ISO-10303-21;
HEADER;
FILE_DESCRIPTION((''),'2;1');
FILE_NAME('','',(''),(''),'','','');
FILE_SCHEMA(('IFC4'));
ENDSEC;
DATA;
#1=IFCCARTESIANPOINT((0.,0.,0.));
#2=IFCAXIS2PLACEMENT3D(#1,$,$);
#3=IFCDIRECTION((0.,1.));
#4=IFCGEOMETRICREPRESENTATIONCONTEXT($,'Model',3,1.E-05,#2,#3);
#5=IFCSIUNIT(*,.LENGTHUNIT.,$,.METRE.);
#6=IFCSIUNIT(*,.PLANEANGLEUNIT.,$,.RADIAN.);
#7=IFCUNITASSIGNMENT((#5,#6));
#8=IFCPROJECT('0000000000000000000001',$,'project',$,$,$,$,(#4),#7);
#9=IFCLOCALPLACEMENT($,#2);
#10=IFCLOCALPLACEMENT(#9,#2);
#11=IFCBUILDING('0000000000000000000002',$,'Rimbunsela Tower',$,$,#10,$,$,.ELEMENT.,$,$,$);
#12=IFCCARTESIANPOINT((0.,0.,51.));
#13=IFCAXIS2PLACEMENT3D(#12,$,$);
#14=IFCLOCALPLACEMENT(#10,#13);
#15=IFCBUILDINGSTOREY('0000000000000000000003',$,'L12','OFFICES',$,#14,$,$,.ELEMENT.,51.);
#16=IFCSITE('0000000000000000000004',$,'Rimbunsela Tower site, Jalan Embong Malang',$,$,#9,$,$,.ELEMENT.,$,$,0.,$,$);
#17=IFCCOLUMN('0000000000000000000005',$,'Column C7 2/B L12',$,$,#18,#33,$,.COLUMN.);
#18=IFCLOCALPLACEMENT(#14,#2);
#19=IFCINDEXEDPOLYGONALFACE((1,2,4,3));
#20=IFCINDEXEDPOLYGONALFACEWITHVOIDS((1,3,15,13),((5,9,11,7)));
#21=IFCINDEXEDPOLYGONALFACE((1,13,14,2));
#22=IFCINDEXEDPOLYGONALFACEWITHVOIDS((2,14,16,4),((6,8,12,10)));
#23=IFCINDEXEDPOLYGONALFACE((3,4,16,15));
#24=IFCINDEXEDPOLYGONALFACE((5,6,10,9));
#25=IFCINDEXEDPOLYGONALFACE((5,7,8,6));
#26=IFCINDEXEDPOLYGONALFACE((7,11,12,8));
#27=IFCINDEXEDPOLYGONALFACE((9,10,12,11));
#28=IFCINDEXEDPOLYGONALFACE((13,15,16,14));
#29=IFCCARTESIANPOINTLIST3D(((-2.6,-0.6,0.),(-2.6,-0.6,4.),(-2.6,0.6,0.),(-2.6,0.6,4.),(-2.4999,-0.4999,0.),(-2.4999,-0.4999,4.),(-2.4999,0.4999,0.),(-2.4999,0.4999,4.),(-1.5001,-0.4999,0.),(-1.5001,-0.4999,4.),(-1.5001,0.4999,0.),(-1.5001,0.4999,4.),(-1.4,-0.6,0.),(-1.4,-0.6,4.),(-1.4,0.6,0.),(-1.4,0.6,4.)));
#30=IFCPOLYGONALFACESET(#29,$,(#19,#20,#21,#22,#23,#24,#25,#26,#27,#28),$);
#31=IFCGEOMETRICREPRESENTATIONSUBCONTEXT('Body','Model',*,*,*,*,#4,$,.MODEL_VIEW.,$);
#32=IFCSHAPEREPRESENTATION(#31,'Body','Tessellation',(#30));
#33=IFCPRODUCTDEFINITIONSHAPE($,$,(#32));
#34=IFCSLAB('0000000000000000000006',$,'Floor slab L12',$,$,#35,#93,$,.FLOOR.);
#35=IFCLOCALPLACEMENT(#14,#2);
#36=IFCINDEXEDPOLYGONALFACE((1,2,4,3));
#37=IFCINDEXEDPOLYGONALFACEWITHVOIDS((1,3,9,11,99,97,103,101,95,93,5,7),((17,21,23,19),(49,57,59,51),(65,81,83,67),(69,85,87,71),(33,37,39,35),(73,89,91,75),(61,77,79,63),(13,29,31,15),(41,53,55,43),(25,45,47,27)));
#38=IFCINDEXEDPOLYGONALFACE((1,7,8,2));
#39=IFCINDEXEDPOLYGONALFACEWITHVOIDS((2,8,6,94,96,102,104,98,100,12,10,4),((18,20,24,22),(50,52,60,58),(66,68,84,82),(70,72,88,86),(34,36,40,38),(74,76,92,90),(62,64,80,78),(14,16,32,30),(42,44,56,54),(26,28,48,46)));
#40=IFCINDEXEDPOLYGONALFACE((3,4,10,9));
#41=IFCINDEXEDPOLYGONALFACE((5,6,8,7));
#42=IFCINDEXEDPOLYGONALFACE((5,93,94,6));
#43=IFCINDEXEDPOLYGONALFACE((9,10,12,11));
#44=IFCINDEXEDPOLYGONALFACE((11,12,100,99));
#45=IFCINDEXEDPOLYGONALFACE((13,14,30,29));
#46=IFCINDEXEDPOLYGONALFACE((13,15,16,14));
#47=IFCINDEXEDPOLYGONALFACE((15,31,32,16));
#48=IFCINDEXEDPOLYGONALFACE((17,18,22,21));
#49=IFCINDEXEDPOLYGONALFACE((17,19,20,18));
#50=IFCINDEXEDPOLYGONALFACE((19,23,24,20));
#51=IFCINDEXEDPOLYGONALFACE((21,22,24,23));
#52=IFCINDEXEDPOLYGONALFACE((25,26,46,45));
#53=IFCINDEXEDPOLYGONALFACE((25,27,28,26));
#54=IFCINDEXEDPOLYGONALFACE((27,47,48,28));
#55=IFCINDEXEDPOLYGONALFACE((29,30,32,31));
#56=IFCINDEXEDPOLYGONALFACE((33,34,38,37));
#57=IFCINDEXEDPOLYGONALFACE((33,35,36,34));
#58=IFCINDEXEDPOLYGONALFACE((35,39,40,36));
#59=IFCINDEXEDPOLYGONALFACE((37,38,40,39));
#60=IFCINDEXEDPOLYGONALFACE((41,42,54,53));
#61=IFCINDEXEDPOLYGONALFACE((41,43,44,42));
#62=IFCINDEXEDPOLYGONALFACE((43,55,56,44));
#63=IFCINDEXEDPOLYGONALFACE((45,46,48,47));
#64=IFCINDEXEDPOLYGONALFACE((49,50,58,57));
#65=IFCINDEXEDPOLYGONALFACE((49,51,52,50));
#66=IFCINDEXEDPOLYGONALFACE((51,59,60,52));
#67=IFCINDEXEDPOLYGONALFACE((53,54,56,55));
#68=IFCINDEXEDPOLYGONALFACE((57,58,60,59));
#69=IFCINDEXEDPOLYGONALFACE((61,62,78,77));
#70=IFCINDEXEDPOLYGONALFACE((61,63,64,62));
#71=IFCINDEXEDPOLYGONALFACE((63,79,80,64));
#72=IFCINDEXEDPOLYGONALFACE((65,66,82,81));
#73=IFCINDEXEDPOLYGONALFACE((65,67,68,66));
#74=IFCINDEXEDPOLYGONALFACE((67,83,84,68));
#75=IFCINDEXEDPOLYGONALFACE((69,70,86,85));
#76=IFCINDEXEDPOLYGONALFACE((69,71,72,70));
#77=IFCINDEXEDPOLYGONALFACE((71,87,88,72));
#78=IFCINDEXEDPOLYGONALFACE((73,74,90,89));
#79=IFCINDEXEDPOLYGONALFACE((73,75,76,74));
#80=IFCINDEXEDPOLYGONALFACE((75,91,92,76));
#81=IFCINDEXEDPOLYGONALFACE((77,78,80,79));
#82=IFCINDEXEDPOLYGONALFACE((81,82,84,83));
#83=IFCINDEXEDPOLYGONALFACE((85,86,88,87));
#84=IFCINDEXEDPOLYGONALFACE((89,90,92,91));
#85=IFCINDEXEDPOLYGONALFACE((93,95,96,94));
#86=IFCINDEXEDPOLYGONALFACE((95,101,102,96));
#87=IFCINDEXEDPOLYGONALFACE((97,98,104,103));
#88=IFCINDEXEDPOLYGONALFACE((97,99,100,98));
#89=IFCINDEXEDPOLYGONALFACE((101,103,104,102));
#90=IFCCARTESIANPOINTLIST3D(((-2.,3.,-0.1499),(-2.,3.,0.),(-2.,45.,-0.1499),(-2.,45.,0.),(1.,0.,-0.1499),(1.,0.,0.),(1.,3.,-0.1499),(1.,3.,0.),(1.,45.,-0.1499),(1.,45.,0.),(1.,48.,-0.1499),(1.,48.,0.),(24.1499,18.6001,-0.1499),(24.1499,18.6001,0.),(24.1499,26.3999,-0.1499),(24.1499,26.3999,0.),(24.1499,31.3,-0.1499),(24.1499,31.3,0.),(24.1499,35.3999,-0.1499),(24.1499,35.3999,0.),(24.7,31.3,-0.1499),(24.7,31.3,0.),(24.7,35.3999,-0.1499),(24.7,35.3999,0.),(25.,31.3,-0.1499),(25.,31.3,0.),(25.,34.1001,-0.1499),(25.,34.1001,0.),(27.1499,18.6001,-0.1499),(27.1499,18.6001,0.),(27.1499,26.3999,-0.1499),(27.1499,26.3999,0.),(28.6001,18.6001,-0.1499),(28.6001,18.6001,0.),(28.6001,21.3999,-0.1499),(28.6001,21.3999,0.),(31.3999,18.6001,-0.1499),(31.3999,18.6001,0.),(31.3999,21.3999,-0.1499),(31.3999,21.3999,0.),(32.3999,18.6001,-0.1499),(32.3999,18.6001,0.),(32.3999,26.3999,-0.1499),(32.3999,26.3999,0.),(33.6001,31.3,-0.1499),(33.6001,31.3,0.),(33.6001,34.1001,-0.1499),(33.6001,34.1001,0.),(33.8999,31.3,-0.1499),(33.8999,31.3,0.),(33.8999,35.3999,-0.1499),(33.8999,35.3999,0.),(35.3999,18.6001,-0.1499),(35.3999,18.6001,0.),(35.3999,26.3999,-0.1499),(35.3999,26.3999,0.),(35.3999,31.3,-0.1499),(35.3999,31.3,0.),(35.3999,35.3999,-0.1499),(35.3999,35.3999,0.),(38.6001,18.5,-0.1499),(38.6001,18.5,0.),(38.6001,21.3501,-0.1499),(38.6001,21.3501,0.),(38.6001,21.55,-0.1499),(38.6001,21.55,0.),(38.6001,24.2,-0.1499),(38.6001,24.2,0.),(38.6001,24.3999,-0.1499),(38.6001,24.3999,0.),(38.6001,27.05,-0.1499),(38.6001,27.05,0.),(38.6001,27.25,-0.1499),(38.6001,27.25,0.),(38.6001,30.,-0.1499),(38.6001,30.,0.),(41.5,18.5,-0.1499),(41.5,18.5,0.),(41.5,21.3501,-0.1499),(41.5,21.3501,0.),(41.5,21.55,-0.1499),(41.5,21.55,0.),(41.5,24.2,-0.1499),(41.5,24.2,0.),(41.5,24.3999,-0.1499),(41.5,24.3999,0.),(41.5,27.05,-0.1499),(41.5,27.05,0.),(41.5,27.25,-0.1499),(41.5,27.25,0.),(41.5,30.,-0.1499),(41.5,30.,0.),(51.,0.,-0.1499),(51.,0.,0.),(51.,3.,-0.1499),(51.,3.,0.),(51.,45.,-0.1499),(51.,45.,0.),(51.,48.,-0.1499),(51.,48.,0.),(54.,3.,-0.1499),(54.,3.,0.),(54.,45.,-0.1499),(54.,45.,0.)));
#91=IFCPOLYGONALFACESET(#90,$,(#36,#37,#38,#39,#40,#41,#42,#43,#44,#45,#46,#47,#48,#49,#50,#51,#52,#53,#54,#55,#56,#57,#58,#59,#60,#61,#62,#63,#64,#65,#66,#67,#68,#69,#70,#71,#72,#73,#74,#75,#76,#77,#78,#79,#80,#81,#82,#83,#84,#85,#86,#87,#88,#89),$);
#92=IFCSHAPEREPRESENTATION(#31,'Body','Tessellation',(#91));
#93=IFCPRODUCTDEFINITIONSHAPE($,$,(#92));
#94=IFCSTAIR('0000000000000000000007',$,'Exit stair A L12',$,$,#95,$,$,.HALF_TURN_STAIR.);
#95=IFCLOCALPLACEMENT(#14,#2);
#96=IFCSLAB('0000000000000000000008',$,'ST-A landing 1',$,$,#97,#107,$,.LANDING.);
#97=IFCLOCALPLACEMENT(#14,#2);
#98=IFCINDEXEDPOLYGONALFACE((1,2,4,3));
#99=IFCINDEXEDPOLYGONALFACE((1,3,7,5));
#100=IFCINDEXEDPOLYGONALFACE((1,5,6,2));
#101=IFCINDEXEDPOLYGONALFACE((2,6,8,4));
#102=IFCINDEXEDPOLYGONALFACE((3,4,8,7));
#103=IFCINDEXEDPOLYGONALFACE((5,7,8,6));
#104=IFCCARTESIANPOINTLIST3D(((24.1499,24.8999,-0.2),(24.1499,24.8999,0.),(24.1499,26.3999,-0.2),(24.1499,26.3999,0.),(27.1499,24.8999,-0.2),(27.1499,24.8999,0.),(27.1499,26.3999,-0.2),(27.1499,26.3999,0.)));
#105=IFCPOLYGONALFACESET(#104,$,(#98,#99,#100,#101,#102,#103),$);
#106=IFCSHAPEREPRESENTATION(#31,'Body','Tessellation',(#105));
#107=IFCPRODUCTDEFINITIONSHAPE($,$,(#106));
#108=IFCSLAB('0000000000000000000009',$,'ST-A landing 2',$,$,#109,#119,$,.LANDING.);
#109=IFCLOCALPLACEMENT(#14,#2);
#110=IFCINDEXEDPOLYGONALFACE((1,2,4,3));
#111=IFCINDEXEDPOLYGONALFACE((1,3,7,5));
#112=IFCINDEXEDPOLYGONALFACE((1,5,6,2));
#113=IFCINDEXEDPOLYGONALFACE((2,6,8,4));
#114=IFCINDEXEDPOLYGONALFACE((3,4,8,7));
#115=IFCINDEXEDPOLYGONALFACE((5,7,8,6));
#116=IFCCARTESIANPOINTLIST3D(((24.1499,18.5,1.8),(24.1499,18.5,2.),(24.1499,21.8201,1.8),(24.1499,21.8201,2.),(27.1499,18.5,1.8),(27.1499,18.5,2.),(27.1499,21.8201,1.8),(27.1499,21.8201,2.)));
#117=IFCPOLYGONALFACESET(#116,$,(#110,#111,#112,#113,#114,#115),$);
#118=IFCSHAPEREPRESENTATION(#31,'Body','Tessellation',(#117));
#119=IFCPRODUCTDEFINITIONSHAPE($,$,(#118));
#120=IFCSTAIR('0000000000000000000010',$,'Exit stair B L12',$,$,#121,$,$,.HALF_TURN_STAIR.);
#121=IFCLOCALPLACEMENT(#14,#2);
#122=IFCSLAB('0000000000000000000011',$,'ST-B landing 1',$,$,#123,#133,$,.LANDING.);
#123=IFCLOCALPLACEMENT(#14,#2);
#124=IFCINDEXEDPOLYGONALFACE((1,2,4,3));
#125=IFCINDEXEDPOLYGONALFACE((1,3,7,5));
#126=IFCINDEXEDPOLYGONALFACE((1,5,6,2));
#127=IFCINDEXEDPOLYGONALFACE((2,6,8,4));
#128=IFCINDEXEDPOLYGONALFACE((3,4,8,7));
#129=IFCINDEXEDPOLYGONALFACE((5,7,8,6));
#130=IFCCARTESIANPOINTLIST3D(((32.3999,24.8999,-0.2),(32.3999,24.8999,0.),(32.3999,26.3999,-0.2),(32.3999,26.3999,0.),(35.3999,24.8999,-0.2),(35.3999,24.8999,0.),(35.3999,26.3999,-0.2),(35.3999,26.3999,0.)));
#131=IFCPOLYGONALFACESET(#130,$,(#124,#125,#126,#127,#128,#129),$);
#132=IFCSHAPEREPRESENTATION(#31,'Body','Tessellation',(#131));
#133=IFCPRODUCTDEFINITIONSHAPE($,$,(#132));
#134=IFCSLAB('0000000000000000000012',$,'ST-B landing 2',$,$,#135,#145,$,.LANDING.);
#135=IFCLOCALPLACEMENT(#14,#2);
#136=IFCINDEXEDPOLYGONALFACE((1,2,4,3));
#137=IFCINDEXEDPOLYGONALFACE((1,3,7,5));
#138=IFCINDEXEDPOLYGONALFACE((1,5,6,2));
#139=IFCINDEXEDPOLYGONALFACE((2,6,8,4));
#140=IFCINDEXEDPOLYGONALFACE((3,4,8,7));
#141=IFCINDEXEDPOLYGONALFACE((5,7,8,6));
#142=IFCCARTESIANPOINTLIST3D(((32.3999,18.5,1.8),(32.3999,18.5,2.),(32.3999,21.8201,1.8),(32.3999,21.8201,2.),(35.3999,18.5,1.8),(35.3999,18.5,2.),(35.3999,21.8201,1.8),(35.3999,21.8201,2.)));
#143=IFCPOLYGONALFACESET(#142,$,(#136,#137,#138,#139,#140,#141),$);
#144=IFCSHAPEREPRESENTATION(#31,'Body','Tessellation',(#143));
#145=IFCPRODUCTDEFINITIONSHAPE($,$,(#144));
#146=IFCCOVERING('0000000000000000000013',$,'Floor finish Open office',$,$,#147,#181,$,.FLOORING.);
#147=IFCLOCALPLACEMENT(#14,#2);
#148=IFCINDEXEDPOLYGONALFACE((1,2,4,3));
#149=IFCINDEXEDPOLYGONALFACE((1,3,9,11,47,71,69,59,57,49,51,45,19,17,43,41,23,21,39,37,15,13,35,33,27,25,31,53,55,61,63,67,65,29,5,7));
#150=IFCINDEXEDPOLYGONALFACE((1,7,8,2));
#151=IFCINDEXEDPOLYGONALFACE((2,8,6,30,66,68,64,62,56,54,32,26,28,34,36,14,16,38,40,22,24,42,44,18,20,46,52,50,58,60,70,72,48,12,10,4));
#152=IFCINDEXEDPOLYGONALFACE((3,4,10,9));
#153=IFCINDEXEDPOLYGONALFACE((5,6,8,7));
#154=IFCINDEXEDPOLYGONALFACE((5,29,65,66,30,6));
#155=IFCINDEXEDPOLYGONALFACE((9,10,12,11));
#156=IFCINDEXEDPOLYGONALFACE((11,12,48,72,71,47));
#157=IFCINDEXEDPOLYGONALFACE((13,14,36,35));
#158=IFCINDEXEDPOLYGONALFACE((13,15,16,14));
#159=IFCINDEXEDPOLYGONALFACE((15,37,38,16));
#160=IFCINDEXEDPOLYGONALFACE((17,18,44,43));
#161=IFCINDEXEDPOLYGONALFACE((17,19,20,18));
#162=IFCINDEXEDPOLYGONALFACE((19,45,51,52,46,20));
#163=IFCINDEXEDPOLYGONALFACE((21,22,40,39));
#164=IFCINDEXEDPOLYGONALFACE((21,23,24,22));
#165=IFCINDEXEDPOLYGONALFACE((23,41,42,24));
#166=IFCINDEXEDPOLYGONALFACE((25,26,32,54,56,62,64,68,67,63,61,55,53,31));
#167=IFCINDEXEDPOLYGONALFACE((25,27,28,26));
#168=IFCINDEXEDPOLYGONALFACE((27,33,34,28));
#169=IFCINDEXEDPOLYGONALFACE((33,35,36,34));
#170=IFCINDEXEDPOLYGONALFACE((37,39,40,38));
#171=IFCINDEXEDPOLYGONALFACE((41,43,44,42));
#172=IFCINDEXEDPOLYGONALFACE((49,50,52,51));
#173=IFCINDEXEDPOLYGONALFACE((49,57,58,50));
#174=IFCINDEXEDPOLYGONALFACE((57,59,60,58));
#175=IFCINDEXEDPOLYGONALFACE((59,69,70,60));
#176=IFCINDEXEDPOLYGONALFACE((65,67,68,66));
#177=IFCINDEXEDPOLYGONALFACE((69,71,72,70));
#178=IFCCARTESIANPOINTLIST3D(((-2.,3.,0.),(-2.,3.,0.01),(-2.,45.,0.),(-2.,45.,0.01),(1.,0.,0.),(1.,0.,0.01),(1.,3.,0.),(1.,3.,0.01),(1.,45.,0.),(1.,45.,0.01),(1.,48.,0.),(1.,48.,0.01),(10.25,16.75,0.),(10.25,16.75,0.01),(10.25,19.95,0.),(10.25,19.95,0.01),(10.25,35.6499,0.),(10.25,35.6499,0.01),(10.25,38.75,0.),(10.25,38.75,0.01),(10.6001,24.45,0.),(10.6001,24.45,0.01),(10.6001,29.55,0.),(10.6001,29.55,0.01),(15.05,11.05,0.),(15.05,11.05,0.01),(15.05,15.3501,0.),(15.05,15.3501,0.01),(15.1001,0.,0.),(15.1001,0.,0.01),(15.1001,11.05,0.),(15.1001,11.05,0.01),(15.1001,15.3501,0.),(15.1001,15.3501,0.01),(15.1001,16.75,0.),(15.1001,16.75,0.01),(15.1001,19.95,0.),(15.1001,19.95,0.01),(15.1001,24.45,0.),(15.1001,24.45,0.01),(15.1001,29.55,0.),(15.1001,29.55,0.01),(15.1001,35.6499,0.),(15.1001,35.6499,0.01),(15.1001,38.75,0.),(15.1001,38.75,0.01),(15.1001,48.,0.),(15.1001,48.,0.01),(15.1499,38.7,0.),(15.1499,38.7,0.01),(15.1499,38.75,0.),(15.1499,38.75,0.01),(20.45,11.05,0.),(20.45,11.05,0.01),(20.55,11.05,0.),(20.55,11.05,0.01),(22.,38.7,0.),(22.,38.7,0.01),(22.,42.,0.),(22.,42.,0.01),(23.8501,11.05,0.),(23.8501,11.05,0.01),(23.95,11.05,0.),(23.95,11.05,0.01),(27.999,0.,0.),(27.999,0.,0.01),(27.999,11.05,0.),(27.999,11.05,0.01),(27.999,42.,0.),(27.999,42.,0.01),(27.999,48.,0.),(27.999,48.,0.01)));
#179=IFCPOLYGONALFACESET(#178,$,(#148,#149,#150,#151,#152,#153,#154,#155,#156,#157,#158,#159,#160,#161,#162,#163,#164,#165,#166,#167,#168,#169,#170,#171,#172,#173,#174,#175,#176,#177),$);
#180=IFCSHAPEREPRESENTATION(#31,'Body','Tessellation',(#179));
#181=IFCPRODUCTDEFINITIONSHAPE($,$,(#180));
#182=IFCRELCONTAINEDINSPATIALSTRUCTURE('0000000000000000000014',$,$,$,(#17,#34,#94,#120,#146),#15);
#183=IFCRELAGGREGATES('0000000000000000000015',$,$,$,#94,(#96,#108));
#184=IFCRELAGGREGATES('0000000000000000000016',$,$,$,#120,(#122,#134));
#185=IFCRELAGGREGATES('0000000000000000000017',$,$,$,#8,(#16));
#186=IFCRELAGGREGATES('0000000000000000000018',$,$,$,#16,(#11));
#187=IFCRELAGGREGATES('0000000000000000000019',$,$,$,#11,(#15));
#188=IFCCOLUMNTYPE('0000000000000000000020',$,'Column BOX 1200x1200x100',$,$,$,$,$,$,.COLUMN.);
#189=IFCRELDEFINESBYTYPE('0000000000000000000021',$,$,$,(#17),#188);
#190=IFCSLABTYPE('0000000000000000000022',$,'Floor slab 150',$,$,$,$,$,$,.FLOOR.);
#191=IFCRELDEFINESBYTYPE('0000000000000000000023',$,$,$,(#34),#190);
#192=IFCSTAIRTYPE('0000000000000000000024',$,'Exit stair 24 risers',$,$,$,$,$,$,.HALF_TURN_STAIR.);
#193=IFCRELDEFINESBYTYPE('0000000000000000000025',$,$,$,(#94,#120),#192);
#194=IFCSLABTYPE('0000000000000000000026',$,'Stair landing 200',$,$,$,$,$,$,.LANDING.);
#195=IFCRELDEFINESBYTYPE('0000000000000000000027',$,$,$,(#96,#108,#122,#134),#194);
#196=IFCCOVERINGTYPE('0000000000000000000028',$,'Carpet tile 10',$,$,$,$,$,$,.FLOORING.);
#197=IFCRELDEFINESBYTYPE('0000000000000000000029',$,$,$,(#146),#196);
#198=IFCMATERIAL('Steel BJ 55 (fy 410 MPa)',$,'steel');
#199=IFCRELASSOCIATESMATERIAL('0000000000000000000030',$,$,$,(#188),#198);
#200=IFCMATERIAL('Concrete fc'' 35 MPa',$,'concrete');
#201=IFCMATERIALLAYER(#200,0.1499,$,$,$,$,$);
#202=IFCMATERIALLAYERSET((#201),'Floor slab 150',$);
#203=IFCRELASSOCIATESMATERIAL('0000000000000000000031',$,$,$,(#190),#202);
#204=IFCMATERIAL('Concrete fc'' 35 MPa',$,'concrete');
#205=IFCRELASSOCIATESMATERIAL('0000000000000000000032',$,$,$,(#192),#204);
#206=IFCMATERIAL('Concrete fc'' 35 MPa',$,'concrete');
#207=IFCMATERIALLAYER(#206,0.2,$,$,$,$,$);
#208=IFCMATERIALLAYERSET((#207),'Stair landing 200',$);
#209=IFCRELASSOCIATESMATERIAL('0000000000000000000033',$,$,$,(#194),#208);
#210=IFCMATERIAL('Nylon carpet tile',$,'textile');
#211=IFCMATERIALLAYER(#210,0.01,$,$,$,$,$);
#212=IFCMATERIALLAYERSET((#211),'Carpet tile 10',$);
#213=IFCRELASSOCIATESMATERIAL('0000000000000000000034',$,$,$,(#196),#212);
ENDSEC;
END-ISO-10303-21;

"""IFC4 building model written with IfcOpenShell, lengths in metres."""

from ifc_helpers import new_model, si_unit, direction, frame, origin, origin_2d, place, context, subcontext, project, spatial, polyline, hollow_rectangle, outline, extrude, material, layer, layer_set, material_profile, profile_set, type_object, element, aggregate, save


model = new_model("IFC4")

# Units and contexts
model_context = context("Model", 3, precision=1e-05, world=origin(), true_north=direction((0.0, 1.0)))
body_context = subcontext(model_context, "Body", "Model", "MODEL_VIEW")
ifc_project = project(units=[si_unit("LENGTHUNIT", "METRE"), si_unit("PLANEANGLEUNIT", "RADIAN")], contexts=[model_context])

# Site, building, storey
site_placement = place(None, origin())
site = spatial("IfcSite", under=ifc_project, at=site_placement, Name="Rimbunsela Tower site, Jalan Embong Malang", CompositionType="ELEMENT", RefElevation=0.0)
building_placement = place(site_placement, origin())
building = spatial("IfcBuilding", under=site, at=building_placement, Name="Rimbunsela Tower", CompositionType="ELEMENT")
storey_placement = place(building_placement, frame((0.0, 0.0, 51.0)))
storey = spatial("IfcBuildingStorey", under=building, at=storey_placement, Name="L12", Description="OFFICES", CompositionType="ELEMENT", Elevation=51.0)

# Column
ifc_material_1 = material(Name="Steel BJ 55 (fy 410 MPa)", Category="steel")
ifc_material_profile = material_profile(ifc_material_1, hollow_rectangle(XDim=1.2, YDim=1.2, WallThickness=0.1001, at=origin_2d()), Name="BOX 1200x1200x100")
ifc_profile_set = profile_set([ifc_material_profile], Name="Steel BJ 55 (fy 410 MPa)")
column_type = type_object("IfcColumnType", Name="Column BOX 1200x1200x100", PredefinedType="COLUMN", material=ifc_profile_set)
column_placement = place(storey_placement, frame((-2.0, 0.0, 0.0), z_axis=(0.0, 0.0, 1.0), x_axis=(1.0, 0.0, 0.0)))
element("IfcColumn", 1, at=column_placement, inside=storey, type_object=column_type, Name="Column C7 2/B L12", PredefinedType="COLUMN", context=body_context, shape_type="SweptSolid", body=[
    extrude(hollow_rectangle(XDim=1.2, YDim=1.2, WallThickness=0.1001, at=origin_2d()), origin(), (0.0, 0.0, 1.0), 4.0),
])

# Slab
ifc_material_2 = material(Name="Concrete fc' 35 MPa", Category="concrete")
ifc_layer_1 = layer(ifc_material_2, 0.1499)
ifc_layer_set_1 = layer_set([ifc_layer_1], Name="Floor slab 150")
slab_type_1 = type_object("IfcSlabType", Name="Floor slab 150", PredefinedType="FLOOR", material=ifc_layer_set_1)
slab_1_placement = place(storey_placement, frame((0.0, 0.0, -0.1499)))
element("IfcSlab", 2, at=slab_1_placement, inside=storey, type_object=slab_type_1, Name="Floor slab L12", PredefinedType="FLOOR", context=body_context, shape_type="SweptSolid", body=[
    extrude(outline(polyline([(1.0, 0.0), (51.0, 0.0), (51.0, 3.0), (54.0, 3.0), (54.0, 45.0), (51.0, 45.0), (51.0, 48.0), (1.0, 48.0), (1.0, 45.0), (-2.0, 45.0), (-2.0, 3.0), (1.0, 3.0), (1.0, 0.0)]), holes=[polyline([(27.1499, 18.6001), (27.1499, 26.3999), (24.1499, 26.3999), (24.1499, 18.6001), (27.1499, 18.6001)]), polyline([(24.7, 31.3), (24.7, 35.3999), (24.1499, 35.3999), (24.1499, 31.3), (24.7, 31.3)]), polyline([(25.0, 34.1001), (25.0, 31.3), (33.6001, 31.3), (33.6001, 34.1001), (25.0, 34.1001)]), polyline([(31.3999, 21.3999), (28.6001, 21.3999), (28.6001, 18.6001), (31.3999, 18.6001), (31.3999, 21.3999)]), polyline([(35.3999, 18.6001), (35.3999, 26.3999), (32.3999, 26.3999), (32.3999, 18.6001), (35.3999, 18.6001)]), polyline([(35.3999, 31.3), (35.3999, 35.3999), (33.8999, 35.3999), (33.8999, 31.3), (35.3999, 31.3)]), polyline([(41.5, 21.3501), (38.6001, 21.3501), (38.6001, 18.5), (41.5, 18.5), (41.5, 21.3501)]), polyline([(41.5, 21.55), (41.5, 24.2), (38.6001, 24.2), (38.6001, 21.55), (41.5, 21.55)]), polyline([(41.5, 27.05), (38.6001, 27.05), (38.6001, 24.3999), (41.5, 24.3999), (41.5, 27.05)]), polyline([(41.5, 27.25), (41.5, 30.0), (38.6001, 30.0), (38.6001, 27.25), (41.5, 27.25)])]), origin(), (0.0, 0.0, 1.0), 0.1499),
])

# Stairs, slabs
ifc_material_3 = material(Name="Concrete fc' 35 MPa", Category="concrete")
stair_type = type_object("IfcStairType", Name="Exit stair 24 risers", PredefinedType="HALF_TURN_STAIR", material=ifc_material_3)
stair_1_placement = place(storey_placement, origin())
stair_1 = element("IfcStair", 3, at=stair_1_placement, inside=storey, type_object=stair_type, Name="Exit stair A L12", PredefinedType="HALF_TURN_STAIR")
ifc_material_4 = material(Name="Concrete fc' 35 MPa", Category="concrete")
ifc_layer_2 = layer(ifc_material_4, 0.2)
ifc_layer_set_2 = layer_set([ifc_layer_2], Name="Stair landing 200")
slab_type_2 = type_object("IfcSlabType", Name="Stair landing 200", PredefinedType="LANDING", material=ifc_layer_set_2)
slab_2_placement = place(storey_placement, frame((0.0, 0.0, -0.2)))
slab_2 = element("IfcSlab", 4, at=slab_2_placement, type_object=slab_type_2, Name="ST-A landing 1", PredefinedType="LANDING", context=body_context, shape_type="SweptSolid", body=[
    extrude(outline(polyline([(24.1499, 24.8999), (27.1499, 24.8999), (27.1499, 26.3999), (24.1499, 26.3999), (24.1499, 24.8999)])), origin(), (0.0, 0.0, 1.0), 0.2),
])
slab_3_placement = place(storey_placement, frame((0.0, 0.0, 1.8)))
slab_3 = element("IfcSlab", 5, at=slab_3_placement, type_object=slab_type_2, Name="ST-A landing 2", PredefinedType="LANDING", context=body_context, shape_type="SweptSolid", body=[
    extrude(outline(polyline([(24.1499, 18.5), (27.1499, 18.5), (27.1499, 21.8201), (24.1499, 21.8201), (24.1499, 18.5)])), origin(), (0.0, 0.0, 1.0), 0.2),
])
aggregate(stair_1, [slab_2, slab_3])
stair_2_placement = place(storey_placement, origin())
stair_2 = element("IfcStair", 6, at=stair_2_placement, inside=storey, type_object=stair_type, Name="Exit stair B L12", PredefinedType="HALF_TURN_STAIR")
slab_4_placement = place(storey_placement, frame((0.0, 0.0, -0.2)))
slab_4 = element("IfcSlab", 7, at=slab_4_placement, type_object=slab_type_2, Name="ST-B landing 1", PredefinedType="LANDING", context=body_context, shape_type="SweptSolid", body=[
    extrude(outline(polyline([(32.3999, 24.8999), (35.3999, 24.8999), (35.3999, 26.3999), (32.3999, 26.3999), (32.3999, 24.8999)])), origin(), (0.0, 0.0, 1.0), 0.2),
])
slab_5_placement = place(storey_placement, frame((0.0, 0.0, 1.8)))
slab_5 = element("IfcSlab", 8, at=slab_5_placement, type_object=slab_type_2, Name="ST-B landing 2", PredefinedType="LANDING", context=body_context, shape_type="SweptSolid", body=[
    extrude(outline(polyline([(32.3999, 18.5), (35.3999, 18.5), (35.3999, 21.8201), (32.3999, 21.8201), (32.3999, 18.5)])), origin(), (0.0, 0.0, 1.0), 0.2),
])
aggregate(stair_2, [slab_4, slab_5])

# Covering
ifc_material_5 = material(Name="Nylon carpet tile", Category="textile")
ifc_layer_3 = layer(ifc_material_5, 0.01)
ifc_layer_set_3 = layer_set([ifc_layer_3], Name="Carpet tile 10")
covering_type_1 = type_object("IfcCoveringType", Name="Carpet tile 10", PredefinedType="FLOORING", material=ifc_layer_set_3)
covering_1_placement = place(storey_placement, origin())
element("IfcCovering", 9, at=covering_1_placement, inside=storey, type_object=covering_type_1, Name="Floor finish Open office", PredefinedType="FLOORING", context=body_context, shape_type="SweptSolid", body=[
    extrude(outline(polyline([(20.55, 11.05), (23.8501, 11.05), (23.95, 11.05), (27.999, 11.05), (27.999, 0.0), (15.1001, 0.0), (1.0, 0.0), (1.0, 3.0), (-2.0, 3.0), (-2.0, 45.0), (1.0, 45.0), (1.0, 48.0), (15.1001, 48.0), (27.999, 48.0), (27.999, 42.0), (22.0, 42.0), (22.0, 38.7), (15.1499, 38.7), (15.1499, 38.75), (15.1001, 38.75), (10.25, 38.75), (10.25, 35.6499), (15.1001, 35.6499), (15.1001, 29.55), (10.6001, 29.55), (10.6001, 24.45), (15.1001, 24.45), (15.1001, 19.95), (10.25, 19.95), (10.25, 16.75), (15.1001, 16.75), (15.1001, 15.3501), (15.05, 15.3501), (15.05, 11.05), (15.1001, 11.05), (20.45, 11.05), (20.55, 11.05)])), origin(), (0.0, 0.0, 1.0), 0.01),
])

save(model, "model.ifc")
